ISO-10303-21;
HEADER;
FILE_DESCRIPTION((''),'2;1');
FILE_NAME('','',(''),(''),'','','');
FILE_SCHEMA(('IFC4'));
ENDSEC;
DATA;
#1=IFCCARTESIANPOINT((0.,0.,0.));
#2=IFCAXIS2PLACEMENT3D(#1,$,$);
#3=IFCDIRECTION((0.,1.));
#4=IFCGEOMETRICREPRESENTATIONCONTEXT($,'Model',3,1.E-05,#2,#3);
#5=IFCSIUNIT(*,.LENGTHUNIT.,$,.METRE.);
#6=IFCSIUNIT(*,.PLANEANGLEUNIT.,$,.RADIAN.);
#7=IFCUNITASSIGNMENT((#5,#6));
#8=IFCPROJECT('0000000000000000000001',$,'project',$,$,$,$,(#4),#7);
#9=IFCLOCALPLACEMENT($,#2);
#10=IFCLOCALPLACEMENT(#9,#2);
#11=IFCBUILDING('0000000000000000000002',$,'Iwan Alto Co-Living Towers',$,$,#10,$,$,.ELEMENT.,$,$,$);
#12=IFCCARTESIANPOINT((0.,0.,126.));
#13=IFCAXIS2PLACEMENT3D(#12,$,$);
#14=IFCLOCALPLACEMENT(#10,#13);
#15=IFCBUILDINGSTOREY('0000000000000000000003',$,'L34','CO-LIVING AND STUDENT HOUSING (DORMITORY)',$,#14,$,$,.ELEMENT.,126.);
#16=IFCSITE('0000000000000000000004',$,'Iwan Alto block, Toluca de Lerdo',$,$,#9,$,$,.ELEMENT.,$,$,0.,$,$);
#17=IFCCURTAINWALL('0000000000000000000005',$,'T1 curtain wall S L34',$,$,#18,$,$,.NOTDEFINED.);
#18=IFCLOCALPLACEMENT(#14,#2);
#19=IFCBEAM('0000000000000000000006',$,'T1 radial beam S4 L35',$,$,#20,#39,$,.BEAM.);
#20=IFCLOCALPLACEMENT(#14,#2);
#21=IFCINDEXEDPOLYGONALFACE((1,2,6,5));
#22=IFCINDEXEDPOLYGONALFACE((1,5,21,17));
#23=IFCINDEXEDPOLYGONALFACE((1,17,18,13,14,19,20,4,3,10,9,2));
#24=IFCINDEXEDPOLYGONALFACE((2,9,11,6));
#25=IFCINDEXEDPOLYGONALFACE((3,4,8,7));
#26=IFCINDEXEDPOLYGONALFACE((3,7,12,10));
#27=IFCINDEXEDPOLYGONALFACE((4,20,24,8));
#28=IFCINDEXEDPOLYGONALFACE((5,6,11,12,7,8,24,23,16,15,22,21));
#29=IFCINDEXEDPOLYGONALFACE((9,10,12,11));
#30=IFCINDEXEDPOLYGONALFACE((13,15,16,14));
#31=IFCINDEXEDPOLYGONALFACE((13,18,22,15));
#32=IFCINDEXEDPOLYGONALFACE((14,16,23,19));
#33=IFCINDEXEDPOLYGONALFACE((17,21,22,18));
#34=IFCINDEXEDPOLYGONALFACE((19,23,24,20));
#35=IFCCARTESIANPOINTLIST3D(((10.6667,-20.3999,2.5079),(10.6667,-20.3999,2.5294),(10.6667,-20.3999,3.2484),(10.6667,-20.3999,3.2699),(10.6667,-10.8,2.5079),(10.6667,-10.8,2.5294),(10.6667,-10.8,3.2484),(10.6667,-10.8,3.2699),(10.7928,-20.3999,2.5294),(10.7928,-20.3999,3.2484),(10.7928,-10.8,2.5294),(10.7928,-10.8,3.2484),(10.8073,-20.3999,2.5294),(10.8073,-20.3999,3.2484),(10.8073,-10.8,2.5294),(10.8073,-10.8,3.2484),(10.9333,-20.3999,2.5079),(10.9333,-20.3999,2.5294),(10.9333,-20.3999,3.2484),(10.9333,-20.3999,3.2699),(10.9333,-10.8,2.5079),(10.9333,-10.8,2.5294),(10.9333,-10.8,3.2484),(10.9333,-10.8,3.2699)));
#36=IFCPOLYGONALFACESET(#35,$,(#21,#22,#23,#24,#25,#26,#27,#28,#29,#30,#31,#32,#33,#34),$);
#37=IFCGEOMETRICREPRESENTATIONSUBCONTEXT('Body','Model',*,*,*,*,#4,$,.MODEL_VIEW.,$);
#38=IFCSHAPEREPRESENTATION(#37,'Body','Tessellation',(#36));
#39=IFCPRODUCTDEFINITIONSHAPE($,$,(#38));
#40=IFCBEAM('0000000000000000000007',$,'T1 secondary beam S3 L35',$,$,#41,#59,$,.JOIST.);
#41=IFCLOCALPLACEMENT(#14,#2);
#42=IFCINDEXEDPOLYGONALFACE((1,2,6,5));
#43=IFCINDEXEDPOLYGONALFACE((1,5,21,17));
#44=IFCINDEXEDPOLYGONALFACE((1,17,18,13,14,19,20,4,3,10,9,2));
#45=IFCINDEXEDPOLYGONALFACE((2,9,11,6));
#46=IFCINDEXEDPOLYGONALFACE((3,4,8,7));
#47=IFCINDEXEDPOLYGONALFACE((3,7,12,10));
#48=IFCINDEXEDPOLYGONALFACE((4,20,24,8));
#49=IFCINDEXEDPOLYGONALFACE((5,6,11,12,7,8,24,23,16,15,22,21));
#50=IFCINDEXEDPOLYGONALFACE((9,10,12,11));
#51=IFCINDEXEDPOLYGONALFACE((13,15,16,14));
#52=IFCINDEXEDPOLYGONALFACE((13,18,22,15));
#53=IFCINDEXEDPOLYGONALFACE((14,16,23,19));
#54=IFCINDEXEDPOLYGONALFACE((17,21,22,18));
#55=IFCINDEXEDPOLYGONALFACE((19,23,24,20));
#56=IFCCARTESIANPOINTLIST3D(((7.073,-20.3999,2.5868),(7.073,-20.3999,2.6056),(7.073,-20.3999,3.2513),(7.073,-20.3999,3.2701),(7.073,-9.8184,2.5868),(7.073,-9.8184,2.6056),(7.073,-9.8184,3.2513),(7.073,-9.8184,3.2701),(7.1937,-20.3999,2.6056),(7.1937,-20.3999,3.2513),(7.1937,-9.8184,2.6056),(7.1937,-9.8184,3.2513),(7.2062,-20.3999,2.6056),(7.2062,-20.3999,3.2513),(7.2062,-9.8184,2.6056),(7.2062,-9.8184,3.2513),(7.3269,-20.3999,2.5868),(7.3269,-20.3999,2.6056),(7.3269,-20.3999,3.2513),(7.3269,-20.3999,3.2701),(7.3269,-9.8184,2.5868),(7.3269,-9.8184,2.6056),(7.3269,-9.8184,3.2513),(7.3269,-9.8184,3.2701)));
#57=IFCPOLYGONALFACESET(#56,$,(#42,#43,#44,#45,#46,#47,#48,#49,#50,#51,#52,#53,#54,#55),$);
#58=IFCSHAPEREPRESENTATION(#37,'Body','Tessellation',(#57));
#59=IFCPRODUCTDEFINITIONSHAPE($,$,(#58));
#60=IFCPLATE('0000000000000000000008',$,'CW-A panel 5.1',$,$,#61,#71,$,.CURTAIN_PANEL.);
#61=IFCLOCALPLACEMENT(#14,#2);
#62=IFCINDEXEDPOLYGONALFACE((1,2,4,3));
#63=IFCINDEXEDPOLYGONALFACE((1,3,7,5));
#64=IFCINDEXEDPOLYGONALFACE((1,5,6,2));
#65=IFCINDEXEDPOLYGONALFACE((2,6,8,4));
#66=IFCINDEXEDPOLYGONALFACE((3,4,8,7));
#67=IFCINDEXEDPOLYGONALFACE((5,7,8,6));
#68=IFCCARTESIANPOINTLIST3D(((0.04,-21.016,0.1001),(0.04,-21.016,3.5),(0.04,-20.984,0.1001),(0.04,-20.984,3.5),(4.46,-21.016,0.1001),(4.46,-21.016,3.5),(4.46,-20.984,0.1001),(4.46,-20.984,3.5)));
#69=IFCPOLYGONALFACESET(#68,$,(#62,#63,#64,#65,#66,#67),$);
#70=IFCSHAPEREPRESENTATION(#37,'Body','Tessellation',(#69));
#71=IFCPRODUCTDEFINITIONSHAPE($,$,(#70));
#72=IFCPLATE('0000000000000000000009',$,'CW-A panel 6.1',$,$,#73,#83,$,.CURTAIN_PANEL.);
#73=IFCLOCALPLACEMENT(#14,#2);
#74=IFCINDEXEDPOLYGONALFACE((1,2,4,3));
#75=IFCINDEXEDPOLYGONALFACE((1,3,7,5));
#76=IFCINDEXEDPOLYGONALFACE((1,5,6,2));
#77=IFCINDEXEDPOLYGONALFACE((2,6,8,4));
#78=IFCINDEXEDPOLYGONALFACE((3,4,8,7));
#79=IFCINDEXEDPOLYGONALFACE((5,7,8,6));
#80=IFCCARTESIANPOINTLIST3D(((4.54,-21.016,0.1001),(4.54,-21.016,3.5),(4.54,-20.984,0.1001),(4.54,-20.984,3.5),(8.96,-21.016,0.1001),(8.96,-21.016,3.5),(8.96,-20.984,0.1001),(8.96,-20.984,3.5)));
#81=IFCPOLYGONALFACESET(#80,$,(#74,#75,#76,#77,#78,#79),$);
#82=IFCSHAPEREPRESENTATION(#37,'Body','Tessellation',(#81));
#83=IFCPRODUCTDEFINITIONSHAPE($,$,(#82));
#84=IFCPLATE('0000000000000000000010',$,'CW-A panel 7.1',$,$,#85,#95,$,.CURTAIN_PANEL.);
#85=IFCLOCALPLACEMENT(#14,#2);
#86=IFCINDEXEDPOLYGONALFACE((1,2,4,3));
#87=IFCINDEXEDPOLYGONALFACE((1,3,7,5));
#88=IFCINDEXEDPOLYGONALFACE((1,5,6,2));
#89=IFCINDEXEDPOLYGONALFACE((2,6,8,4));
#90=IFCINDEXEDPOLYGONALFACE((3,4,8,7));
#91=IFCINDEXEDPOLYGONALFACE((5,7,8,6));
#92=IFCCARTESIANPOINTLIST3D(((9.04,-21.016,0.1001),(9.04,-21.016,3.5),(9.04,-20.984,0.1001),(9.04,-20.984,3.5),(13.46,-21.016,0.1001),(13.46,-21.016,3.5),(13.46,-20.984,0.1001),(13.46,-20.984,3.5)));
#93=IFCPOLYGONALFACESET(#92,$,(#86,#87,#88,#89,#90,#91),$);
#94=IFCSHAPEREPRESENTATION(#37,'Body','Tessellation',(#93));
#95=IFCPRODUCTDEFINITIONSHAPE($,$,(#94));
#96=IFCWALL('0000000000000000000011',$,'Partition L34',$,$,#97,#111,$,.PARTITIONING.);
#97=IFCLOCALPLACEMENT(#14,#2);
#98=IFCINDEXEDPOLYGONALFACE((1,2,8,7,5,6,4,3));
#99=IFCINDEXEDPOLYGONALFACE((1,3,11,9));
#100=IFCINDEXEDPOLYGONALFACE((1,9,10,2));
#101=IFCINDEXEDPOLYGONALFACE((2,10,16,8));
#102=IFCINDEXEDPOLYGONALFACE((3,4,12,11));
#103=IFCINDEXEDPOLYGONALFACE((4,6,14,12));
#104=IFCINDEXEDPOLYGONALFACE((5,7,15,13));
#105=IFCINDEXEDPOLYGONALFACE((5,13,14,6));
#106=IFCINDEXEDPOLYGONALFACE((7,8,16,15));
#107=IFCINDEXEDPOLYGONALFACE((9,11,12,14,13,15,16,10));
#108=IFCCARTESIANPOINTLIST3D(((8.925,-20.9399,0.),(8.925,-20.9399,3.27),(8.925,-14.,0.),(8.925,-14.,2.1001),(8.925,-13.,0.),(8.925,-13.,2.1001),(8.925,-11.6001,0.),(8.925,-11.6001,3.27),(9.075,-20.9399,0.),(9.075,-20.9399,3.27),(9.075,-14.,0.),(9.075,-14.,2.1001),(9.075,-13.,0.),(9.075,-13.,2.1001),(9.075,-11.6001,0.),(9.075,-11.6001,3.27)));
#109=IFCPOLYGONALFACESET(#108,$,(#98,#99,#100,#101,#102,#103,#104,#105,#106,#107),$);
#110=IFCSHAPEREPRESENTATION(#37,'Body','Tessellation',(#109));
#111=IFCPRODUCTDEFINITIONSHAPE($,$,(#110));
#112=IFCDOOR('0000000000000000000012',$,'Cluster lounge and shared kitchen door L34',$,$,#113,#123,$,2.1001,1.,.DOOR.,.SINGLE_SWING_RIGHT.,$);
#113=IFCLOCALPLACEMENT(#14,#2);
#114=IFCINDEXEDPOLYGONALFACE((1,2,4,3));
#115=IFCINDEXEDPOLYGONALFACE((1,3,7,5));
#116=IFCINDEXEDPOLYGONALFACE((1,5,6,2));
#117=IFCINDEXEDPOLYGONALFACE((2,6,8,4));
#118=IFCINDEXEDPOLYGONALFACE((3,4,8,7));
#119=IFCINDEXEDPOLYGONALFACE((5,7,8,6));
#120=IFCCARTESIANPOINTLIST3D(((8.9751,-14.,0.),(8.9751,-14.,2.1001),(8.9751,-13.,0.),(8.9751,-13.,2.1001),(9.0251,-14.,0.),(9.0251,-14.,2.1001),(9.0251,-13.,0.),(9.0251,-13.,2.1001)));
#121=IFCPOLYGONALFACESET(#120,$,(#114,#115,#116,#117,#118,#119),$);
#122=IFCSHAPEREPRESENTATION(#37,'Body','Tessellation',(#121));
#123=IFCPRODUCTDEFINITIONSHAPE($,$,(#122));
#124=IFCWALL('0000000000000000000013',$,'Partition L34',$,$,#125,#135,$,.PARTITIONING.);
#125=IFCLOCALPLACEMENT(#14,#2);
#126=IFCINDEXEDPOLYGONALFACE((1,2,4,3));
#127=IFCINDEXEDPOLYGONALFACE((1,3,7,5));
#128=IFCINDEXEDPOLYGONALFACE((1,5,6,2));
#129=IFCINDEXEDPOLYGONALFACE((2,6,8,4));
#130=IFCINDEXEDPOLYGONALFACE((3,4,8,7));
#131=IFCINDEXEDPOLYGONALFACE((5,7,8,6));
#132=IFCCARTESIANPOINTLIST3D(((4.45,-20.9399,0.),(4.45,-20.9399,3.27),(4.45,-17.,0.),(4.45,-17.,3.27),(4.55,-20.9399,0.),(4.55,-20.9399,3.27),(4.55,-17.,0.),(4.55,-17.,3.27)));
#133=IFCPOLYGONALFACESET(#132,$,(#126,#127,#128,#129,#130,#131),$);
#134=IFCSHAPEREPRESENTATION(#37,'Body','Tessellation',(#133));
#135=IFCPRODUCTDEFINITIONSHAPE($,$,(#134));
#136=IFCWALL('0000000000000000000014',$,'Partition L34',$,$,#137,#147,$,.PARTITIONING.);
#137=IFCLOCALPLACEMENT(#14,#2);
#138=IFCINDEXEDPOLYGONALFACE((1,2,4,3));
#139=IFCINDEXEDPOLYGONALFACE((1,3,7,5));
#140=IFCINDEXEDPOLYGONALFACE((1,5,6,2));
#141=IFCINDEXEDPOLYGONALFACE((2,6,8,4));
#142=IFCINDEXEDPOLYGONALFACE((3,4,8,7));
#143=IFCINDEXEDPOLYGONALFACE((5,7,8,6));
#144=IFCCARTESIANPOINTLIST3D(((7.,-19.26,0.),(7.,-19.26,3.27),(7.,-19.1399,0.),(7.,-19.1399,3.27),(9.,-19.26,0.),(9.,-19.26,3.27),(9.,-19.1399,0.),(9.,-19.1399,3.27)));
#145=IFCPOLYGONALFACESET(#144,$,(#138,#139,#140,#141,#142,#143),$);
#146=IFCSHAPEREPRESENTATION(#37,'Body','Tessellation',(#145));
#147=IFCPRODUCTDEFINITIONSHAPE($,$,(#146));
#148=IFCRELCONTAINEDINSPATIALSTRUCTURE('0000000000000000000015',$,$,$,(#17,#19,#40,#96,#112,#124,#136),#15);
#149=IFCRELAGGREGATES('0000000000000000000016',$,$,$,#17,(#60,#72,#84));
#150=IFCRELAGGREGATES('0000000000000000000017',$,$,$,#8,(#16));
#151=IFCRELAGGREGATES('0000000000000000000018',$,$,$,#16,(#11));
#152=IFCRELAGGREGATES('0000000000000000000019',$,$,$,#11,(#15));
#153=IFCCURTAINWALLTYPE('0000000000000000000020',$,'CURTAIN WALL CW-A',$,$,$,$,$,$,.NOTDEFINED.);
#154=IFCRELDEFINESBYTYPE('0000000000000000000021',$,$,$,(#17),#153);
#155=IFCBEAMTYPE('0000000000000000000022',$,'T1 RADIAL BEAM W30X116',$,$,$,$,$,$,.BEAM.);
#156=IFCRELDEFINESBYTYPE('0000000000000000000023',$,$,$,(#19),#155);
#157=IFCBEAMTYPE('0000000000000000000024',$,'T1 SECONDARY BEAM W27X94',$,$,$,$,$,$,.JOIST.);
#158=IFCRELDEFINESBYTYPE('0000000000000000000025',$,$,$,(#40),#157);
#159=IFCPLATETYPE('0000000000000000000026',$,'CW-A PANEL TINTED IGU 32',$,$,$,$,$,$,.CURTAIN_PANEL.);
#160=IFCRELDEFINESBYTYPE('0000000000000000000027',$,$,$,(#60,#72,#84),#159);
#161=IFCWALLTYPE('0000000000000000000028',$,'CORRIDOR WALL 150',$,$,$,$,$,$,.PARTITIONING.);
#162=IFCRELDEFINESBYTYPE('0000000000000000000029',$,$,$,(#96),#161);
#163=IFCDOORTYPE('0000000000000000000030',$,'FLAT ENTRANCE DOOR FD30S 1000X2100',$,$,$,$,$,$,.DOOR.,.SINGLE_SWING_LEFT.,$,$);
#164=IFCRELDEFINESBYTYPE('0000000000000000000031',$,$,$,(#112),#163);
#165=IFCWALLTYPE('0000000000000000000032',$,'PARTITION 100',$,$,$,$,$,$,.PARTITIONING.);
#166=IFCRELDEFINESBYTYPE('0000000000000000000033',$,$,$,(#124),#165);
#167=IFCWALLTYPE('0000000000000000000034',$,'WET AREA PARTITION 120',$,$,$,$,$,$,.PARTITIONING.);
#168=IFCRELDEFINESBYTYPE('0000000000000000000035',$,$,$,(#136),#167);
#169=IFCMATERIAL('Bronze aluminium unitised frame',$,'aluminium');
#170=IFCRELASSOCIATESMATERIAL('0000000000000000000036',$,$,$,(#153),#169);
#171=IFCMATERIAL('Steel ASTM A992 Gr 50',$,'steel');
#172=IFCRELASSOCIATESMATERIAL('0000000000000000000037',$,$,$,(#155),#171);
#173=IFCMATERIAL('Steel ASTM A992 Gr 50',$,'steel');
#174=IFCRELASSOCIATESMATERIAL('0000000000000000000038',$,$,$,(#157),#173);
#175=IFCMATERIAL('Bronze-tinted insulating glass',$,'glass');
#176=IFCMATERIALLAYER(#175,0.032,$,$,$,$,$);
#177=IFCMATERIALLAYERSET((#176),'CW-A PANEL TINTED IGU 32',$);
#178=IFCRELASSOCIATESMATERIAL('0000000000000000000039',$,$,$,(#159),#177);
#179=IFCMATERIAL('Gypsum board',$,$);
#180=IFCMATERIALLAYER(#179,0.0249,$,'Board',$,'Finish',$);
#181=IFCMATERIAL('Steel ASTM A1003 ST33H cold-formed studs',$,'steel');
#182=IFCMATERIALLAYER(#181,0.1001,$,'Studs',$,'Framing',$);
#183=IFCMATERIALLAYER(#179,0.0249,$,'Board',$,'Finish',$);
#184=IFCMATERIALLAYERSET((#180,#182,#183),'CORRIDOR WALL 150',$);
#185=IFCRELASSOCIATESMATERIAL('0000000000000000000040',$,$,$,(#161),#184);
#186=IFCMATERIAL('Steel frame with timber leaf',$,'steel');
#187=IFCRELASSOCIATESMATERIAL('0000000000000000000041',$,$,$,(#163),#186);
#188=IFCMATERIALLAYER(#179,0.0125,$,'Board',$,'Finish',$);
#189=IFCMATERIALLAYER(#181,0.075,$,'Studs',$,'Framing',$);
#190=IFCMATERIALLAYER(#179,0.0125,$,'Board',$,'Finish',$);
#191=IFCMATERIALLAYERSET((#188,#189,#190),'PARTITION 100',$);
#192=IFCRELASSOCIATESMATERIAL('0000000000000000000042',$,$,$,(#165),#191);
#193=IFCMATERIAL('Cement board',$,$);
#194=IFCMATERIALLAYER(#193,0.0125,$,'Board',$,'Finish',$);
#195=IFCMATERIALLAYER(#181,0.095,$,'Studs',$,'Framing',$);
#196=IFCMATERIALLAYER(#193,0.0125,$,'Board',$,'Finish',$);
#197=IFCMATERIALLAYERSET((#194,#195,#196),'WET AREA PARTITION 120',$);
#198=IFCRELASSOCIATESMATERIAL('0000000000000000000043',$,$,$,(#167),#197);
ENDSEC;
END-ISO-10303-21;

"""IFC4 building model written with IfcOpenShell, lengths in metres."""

from ifc_helpers import new_model, si_unit, direction, frame, frame_2d, origin, origin_2d, place, context, subcontext, project, spatial, rectangle, i_section, extrude, material, layer, layer_set, material_profile, profile_set, type_object, element, fill, aggregate, save


model = new_model("IFC4")

# Units and contexts
model_context = context("Model", 3, precision=1e-05, world=origin(), true_north=direction((0.0, 1.0)))
body_context = subcontext(model_context, "Body", "Model", "MODEL_VIEW")
ifc_project = project(units=[si_unit("LENGTHUNIT", "METRE"), si_unit("PLANEANGLEUNIT", "RADIAN")], contexts=[model_context])

# Site, building, storey
site_placement = place(None, origin())
site = spatial("IfcSite", under=ifc_project, at=site_placement, Name="Iwan Alto block, Toluca de Lerdo", CompositionType="ELEMENT", RefElevation=0.0)
building_placement = place(site_placement, origin())
building = spatial("IfcBuilding", under=site, at=building_placement, Name="Iwan Alto Co-Living Towers", CompositionType="ELEMENT")
storey_placement = place(building_placement, frame((0.0, 0.0, 126.0)))
storey = spatial("IfcBuildingStorey", under=building, at=storey_placement, Name="L34", Description="CO-LIVING AND STUDENT HOUSING (DORMITORY)", CompositionType="ELEMENT", Elevation=126.0)

# Curtain wall
ifc_material_1 = material(Name="Bronze aluminium unitised frame", Category="aluminium")
curtain_wall_type = type_object("IfcCurtainWallType", Name="CURTAIN WALL CW-A", PredefinedType="NOTDEFINED", material=ifc_material_1)
curtain_wall_placement = place(storey_placement, origin())
curtain_wall = element("IfcCurtainWall", 1, at=curtain_wall_placement, inside=storey, type_object=curtain_wall_type, Name="T1 curtain wall S L34", PredefinedType="NOTDEFINED")

# Beams
ifc_material_2 = material(Name="Steel ASTM A992 Gr 50", Category="steel")
ifc_material_profile_1 = material_profile(ifc_material_2, i_section(OverallWidth=0.2666, OverallDepth=0.762, WebThickness=0.0144, FlangeThickness=0.0215, at=origin_2d()), Name="W30X116")
ifc_profile_set_1 = profile_set([ifc_material_profile_1], Name="Steel ASTM A992 Gr 50")
beam_type_1 = type_object("IfcBeamType", Name="T1 RADIAL BEAM W30X116", PredefinedType="BEAM", material=ifc_profile_set_1)
beam_1_placement = place(storey_placement, frame((10.8, -20.3999, 2.8889), z_axis=(0.0, 1.0, 0.0), x_axis=(-1.0, 0.0, 0.0)))
element("IfcBeam", 2, at=beam_1_placement, inside=storey, type_object=beam_type_1, Name="T1 radial beam S4 L35", PredefinedType="BEAM", context=body_context, shape_type="SweptSolid", body=[
    extrude(i_section(OverallWidth=0.2666, OverallDepth=0.762, WebThickness=0.0144, FlangeThickness=0.0215, at=origin_2d()), origin(), (0.0, 0.0, 1.0), 9.5999),
])
ifc_material_3 = material(Name="Steel ASTM A992 Gr 50", Category="steel")
ifc_material_profile_2 = material_profile(ifc_material_3, i_section(OverallWidth=0.2539, OverallDepth=0.6833, WebThickness=0.0125, FlangeThickness=0.0188, at=origin_2d()), Name="W27X94")
ifc_profile_set_2 = profile_set([ifc_material_profile_2], Name="Steel ASTM A992 Gr 50")
beam_type_2 = type_object("IfcBeamType", Name="T1 SECONDARY BEAM W27X94", PredefinedType="JOIST", material=ifc_profile_set_2)
beam_2_placement = place(storey_placement, frame((7.2, -20.3999, 2.9285), z_axis=(0.0, 1.0, 0.0), x_axis=(-1.0, 0.0, 0.0)))
element("IfcBeam", 3, at=beam_2_placement, inside=storey, type_object=beam_type_2, Name="T1 secondary beam S3 L35", PredefinedType="JOIST", context=body_context, shape_type="SweptSolid", body=[
    extrude(i_section(OverallWidth=0.2539, OverallDepth=0.6833, WebThickness=0.0125, FlangeThickness=0.0188, at=origin_2d()), origin(), (0.0, 0.0, 1.0), 10.5815),
])

# Plates
ifc_material_4 = material(Name="Bronze-tinted insulating glass", Category="glass")
ifc_layer_1 = layer(ifc_material_4, 0.032)
ifc_layer_set_1 = layer_set([ifc_layer_1], Name="CW-A PANEL TINTED IGU 32")
plate_type = type_object("IfcPlateType", Name="CW-A PANEL TINTED IGU 32", PredefinedType="CURTAIN_PANEL", material=ifc_layer_set_1)
plate_1_placement = place(storey_placement, frame((2.25, -21.0, 0.1001), z_axis=(0.0, 0.0, 1.0), x_axis=(1.0, 0.0, 0.0)))
plate_1 = element("IfcPlate", 4, at=plate_1_placement, type_object=plate_type, Name="CW-A panel 5.1", PredefinedType="CURTAIN_PANEL", context=body_context, shape_type="SweptSolid", body=[
    extrude(rectangle(XDim=4.4199, YDim=0.032, at=origin_2d()), origin(), (0.0, 0.0, 1.0), 3.3999),
])
plate_2_placement = place(storey_placement, frame((6.75, -21.0, 0.1001), z_axis=(0.0, 0.0, 1.0), x_axis=(1.0, 0.0, 0.0)))
plate_2 = element("IfcPlate", 5, at=plate_2_placement, type_object=plate_type, Name="CW-A panel 6.1", PredefinedType="CURTAIN_PANEL", context=body_context, shape_type="SweptSolid", body=[
    extrude(rectangle(XDim=4.4199, YDim=0.032, at=origin_2d()), origin(), (0.0, 0.0, 1.0), 3.3999),
])
plate_3_placement = place(storey_placement, frame((11.25, -21.0, 0.1001), z_axis=(0.0, 0.0, 1.0), x_axis=(1.0, 0.0, 0.0)))
plate_3 = element("IfcPlate", 6, at=plate_3_placement, type_object=plate_type, Name="CW-A panel 7.1", PredefinedType="CURTAIN_PANEL", context=body_context, shape_type="SweptSolid", body=[
    extrude(rectangle(XDim=4.4199, YDim=0.032, at=origin_2d()), origin(), (0.0, 0.0, 1.0), 3.3999),
])
aggregate(curtain_wall, [plate_1, plate_2, plate_3])

# Wall, opening, door
ifc_material_5 = material(Name="Gypsum board")
ifc_layer_2 = layer(ifc_material_5, 0.0249, Name="Board", Category="Finish")
ifc_material_6 = material(Name="Steel ASTM A1003 ST33H cold-formed studs", Category="steel")
ifc_layer_3 = layer(ifc_material_6, 0.1001, Name="Studs", Category="Framing")
ifc_layer_4 = layer(ifc_material_5, 0.0249, Name="Board", Category="Finish")
ifc_layer_set_2 = layer_set([ifc_layer_2, ifc_layer_3, ifc_layer_4], Name="CORRIDOR WALL 150")
wall_type_1 = type_object("IfcWallType", Name="CORRIDOR WALL 150", PredefinedType="PARTITIONING", material=ifc_layer_set_2)
wall_1_placement = place(storey_placement, frame((9.0, -20.9399, 0.0), z_axis=(0.0, 0.0, 1.0), x_axis=(0.0, 1.0, 0.0)))
wall_1 = element("IfcWall", 7, at=wall_1_placement, inside=storey, type_object=wall_type_1, Name="Partition L34", PredefinedType="PARTITIONING", context=body_context, shape_type="SweptSolid", body=[
    extrude(rectangle(XDim=9.3398, YDim=0.1499, at=frame_2d((4.6699, 0.0))), origin(), (0.0, 0.0, 1.0), 3.27),
])
opening_1_placement = place(wall_1_placement, frame((6.9399, 0.0, 0.0)))
opening_1 = element("IfcOpeningElement", 8, at=opening_1_placement, cuts=wall_1, PredefinedType="OPENING", context=body_context, shape_type="SweptSolid", body=[
    extrude(rectangle(XDim=1.0, YDim=2.1001, at=frame_2d((0.5, 1.05))), frame((0.0, 0.085, 0.0), z_axis=(0.0, -1.0, 0.0), x_axis=(1.0, 0.0, 0.0)), (0.0, 0.0, 1.0), 0.1699),
])
ifc_material_7 = material(Name="Steel frame with timber leaf", Category="steel")
door_type_1 = type_object("IfcDoorType", Name="FLAT ENTRANCE DOOR FD30S 1000X2100", OperationType="SINGLE_SWING_LEFT", PredefinedType="DOOR", material=ifc_material_7)
door_1_placement = place(opening_1_placement, origin())
door_1 = element("IfcDoor", 9, at=door_1_placement, inside=storey, type_object=door_type_1, Name="Cluster lounge and shared kitchen door L34", OperationType="SINGLE_SWING_RIGHT", OverallHeight=2.1001, OverallWidth=1.0, PredefinedType="DOOR", context=body_context, shape_type="SweptSolid", body=[
    extrude(rectangle(XDim=1.0, YDim=2.1001, at=frame_2d((0.5, 1.05))), frame((0.0, 0.0249, 0.0), z_axis=(0.0, -1.0, 0.0), x_axis=(1.0, 0.0, 0.0)), (0.0, 0.0, 1.0), 0.05),
])
fill(opening_1, door_1)

# Walls
ifc_layer_5 = layer(ifc_material_5, 0.0125, Name="Board", Category="Finish")
ifc_layer_6 = layer(ifc_material_6, 0.075, Name="Studs", Category="Framing")
ifc_layer_7 = layer(ifc_material_5, 0.0125, Name="Board", Category="Finish")
ifc_layer_set_3 = layer_set([ifc_layer_5, ifc_layer_6, ifc_layer_7], Name="PARTITION 100")
wall_type_2 = type_object("IfcWallType", Name="PARTITION 100", PredefinedType="PARTITIONING", material=ifc_layer_set_3)
wall_2_placement = place(storey_placement, frame((4.5, -20.9399, 0.0), z_axis=(0.0, 0.0, 1.0), x_axis=(0.0, 1.0, 0.0)))
element("IfcWall", 10, at=wall_2_placement, inside=storey, type_object=wall_type_2, Name="Partition L34", PredefinedType="PARTITIONING", context=body_context, shape_type="SweptSolid", body=[
    extrude(rectangle(XDim=3.9399, YDim=0.1001, at=frame_2d((1.97, 0.0))), origin(), (0.0, 0.0, 1.0), 3.27),
])
ifc_material_8 = material(Name="Cement board")
ifc_layer_8 = layer(ifc_material_8, 0.0125, Name="Board", Category="Finish")
ifc_layer_9 = layer(ifc_material_6, 0.095, Name="Studs", Category="Framing")
ifc_layer_10 = layer(ifc_material_8, 0.0125, Name="Board", Category="Finish")
ifc_layer_set_4 = layer_set([ifc_layer_8, ifc_layer_9, ifc_layer_10], Name="WET AREA PARTITION 120")
wall_type_3 = type_object("IfcWallType", Name="WET AREA PARTITION 120", PredefinedType="PARTITIONING", material=ifc_layer_set_4)
wall_3_placement = place(storey_placement, frame((7.0, -19.2, 0.0), z_axis=(0.0, 0.0, 1.0), x_axis=(1.0, 0.0, 0.0)))
element("IfcWall", 11, at=wall_3_placement, inside=storey, type_object=wall_type_3, Name="Partition L34", PredefinedType="PARTITIONING", context=body_context, shape_type="SweptSolid", body=[
    extrude(rectangle(XDim=2.0, YDim=0.1201, at=frame_2d((1.0, 0.0))), origin(), (0.0, 0.0, 1.0), 3.27),
])

save(model, "model.ifc")
